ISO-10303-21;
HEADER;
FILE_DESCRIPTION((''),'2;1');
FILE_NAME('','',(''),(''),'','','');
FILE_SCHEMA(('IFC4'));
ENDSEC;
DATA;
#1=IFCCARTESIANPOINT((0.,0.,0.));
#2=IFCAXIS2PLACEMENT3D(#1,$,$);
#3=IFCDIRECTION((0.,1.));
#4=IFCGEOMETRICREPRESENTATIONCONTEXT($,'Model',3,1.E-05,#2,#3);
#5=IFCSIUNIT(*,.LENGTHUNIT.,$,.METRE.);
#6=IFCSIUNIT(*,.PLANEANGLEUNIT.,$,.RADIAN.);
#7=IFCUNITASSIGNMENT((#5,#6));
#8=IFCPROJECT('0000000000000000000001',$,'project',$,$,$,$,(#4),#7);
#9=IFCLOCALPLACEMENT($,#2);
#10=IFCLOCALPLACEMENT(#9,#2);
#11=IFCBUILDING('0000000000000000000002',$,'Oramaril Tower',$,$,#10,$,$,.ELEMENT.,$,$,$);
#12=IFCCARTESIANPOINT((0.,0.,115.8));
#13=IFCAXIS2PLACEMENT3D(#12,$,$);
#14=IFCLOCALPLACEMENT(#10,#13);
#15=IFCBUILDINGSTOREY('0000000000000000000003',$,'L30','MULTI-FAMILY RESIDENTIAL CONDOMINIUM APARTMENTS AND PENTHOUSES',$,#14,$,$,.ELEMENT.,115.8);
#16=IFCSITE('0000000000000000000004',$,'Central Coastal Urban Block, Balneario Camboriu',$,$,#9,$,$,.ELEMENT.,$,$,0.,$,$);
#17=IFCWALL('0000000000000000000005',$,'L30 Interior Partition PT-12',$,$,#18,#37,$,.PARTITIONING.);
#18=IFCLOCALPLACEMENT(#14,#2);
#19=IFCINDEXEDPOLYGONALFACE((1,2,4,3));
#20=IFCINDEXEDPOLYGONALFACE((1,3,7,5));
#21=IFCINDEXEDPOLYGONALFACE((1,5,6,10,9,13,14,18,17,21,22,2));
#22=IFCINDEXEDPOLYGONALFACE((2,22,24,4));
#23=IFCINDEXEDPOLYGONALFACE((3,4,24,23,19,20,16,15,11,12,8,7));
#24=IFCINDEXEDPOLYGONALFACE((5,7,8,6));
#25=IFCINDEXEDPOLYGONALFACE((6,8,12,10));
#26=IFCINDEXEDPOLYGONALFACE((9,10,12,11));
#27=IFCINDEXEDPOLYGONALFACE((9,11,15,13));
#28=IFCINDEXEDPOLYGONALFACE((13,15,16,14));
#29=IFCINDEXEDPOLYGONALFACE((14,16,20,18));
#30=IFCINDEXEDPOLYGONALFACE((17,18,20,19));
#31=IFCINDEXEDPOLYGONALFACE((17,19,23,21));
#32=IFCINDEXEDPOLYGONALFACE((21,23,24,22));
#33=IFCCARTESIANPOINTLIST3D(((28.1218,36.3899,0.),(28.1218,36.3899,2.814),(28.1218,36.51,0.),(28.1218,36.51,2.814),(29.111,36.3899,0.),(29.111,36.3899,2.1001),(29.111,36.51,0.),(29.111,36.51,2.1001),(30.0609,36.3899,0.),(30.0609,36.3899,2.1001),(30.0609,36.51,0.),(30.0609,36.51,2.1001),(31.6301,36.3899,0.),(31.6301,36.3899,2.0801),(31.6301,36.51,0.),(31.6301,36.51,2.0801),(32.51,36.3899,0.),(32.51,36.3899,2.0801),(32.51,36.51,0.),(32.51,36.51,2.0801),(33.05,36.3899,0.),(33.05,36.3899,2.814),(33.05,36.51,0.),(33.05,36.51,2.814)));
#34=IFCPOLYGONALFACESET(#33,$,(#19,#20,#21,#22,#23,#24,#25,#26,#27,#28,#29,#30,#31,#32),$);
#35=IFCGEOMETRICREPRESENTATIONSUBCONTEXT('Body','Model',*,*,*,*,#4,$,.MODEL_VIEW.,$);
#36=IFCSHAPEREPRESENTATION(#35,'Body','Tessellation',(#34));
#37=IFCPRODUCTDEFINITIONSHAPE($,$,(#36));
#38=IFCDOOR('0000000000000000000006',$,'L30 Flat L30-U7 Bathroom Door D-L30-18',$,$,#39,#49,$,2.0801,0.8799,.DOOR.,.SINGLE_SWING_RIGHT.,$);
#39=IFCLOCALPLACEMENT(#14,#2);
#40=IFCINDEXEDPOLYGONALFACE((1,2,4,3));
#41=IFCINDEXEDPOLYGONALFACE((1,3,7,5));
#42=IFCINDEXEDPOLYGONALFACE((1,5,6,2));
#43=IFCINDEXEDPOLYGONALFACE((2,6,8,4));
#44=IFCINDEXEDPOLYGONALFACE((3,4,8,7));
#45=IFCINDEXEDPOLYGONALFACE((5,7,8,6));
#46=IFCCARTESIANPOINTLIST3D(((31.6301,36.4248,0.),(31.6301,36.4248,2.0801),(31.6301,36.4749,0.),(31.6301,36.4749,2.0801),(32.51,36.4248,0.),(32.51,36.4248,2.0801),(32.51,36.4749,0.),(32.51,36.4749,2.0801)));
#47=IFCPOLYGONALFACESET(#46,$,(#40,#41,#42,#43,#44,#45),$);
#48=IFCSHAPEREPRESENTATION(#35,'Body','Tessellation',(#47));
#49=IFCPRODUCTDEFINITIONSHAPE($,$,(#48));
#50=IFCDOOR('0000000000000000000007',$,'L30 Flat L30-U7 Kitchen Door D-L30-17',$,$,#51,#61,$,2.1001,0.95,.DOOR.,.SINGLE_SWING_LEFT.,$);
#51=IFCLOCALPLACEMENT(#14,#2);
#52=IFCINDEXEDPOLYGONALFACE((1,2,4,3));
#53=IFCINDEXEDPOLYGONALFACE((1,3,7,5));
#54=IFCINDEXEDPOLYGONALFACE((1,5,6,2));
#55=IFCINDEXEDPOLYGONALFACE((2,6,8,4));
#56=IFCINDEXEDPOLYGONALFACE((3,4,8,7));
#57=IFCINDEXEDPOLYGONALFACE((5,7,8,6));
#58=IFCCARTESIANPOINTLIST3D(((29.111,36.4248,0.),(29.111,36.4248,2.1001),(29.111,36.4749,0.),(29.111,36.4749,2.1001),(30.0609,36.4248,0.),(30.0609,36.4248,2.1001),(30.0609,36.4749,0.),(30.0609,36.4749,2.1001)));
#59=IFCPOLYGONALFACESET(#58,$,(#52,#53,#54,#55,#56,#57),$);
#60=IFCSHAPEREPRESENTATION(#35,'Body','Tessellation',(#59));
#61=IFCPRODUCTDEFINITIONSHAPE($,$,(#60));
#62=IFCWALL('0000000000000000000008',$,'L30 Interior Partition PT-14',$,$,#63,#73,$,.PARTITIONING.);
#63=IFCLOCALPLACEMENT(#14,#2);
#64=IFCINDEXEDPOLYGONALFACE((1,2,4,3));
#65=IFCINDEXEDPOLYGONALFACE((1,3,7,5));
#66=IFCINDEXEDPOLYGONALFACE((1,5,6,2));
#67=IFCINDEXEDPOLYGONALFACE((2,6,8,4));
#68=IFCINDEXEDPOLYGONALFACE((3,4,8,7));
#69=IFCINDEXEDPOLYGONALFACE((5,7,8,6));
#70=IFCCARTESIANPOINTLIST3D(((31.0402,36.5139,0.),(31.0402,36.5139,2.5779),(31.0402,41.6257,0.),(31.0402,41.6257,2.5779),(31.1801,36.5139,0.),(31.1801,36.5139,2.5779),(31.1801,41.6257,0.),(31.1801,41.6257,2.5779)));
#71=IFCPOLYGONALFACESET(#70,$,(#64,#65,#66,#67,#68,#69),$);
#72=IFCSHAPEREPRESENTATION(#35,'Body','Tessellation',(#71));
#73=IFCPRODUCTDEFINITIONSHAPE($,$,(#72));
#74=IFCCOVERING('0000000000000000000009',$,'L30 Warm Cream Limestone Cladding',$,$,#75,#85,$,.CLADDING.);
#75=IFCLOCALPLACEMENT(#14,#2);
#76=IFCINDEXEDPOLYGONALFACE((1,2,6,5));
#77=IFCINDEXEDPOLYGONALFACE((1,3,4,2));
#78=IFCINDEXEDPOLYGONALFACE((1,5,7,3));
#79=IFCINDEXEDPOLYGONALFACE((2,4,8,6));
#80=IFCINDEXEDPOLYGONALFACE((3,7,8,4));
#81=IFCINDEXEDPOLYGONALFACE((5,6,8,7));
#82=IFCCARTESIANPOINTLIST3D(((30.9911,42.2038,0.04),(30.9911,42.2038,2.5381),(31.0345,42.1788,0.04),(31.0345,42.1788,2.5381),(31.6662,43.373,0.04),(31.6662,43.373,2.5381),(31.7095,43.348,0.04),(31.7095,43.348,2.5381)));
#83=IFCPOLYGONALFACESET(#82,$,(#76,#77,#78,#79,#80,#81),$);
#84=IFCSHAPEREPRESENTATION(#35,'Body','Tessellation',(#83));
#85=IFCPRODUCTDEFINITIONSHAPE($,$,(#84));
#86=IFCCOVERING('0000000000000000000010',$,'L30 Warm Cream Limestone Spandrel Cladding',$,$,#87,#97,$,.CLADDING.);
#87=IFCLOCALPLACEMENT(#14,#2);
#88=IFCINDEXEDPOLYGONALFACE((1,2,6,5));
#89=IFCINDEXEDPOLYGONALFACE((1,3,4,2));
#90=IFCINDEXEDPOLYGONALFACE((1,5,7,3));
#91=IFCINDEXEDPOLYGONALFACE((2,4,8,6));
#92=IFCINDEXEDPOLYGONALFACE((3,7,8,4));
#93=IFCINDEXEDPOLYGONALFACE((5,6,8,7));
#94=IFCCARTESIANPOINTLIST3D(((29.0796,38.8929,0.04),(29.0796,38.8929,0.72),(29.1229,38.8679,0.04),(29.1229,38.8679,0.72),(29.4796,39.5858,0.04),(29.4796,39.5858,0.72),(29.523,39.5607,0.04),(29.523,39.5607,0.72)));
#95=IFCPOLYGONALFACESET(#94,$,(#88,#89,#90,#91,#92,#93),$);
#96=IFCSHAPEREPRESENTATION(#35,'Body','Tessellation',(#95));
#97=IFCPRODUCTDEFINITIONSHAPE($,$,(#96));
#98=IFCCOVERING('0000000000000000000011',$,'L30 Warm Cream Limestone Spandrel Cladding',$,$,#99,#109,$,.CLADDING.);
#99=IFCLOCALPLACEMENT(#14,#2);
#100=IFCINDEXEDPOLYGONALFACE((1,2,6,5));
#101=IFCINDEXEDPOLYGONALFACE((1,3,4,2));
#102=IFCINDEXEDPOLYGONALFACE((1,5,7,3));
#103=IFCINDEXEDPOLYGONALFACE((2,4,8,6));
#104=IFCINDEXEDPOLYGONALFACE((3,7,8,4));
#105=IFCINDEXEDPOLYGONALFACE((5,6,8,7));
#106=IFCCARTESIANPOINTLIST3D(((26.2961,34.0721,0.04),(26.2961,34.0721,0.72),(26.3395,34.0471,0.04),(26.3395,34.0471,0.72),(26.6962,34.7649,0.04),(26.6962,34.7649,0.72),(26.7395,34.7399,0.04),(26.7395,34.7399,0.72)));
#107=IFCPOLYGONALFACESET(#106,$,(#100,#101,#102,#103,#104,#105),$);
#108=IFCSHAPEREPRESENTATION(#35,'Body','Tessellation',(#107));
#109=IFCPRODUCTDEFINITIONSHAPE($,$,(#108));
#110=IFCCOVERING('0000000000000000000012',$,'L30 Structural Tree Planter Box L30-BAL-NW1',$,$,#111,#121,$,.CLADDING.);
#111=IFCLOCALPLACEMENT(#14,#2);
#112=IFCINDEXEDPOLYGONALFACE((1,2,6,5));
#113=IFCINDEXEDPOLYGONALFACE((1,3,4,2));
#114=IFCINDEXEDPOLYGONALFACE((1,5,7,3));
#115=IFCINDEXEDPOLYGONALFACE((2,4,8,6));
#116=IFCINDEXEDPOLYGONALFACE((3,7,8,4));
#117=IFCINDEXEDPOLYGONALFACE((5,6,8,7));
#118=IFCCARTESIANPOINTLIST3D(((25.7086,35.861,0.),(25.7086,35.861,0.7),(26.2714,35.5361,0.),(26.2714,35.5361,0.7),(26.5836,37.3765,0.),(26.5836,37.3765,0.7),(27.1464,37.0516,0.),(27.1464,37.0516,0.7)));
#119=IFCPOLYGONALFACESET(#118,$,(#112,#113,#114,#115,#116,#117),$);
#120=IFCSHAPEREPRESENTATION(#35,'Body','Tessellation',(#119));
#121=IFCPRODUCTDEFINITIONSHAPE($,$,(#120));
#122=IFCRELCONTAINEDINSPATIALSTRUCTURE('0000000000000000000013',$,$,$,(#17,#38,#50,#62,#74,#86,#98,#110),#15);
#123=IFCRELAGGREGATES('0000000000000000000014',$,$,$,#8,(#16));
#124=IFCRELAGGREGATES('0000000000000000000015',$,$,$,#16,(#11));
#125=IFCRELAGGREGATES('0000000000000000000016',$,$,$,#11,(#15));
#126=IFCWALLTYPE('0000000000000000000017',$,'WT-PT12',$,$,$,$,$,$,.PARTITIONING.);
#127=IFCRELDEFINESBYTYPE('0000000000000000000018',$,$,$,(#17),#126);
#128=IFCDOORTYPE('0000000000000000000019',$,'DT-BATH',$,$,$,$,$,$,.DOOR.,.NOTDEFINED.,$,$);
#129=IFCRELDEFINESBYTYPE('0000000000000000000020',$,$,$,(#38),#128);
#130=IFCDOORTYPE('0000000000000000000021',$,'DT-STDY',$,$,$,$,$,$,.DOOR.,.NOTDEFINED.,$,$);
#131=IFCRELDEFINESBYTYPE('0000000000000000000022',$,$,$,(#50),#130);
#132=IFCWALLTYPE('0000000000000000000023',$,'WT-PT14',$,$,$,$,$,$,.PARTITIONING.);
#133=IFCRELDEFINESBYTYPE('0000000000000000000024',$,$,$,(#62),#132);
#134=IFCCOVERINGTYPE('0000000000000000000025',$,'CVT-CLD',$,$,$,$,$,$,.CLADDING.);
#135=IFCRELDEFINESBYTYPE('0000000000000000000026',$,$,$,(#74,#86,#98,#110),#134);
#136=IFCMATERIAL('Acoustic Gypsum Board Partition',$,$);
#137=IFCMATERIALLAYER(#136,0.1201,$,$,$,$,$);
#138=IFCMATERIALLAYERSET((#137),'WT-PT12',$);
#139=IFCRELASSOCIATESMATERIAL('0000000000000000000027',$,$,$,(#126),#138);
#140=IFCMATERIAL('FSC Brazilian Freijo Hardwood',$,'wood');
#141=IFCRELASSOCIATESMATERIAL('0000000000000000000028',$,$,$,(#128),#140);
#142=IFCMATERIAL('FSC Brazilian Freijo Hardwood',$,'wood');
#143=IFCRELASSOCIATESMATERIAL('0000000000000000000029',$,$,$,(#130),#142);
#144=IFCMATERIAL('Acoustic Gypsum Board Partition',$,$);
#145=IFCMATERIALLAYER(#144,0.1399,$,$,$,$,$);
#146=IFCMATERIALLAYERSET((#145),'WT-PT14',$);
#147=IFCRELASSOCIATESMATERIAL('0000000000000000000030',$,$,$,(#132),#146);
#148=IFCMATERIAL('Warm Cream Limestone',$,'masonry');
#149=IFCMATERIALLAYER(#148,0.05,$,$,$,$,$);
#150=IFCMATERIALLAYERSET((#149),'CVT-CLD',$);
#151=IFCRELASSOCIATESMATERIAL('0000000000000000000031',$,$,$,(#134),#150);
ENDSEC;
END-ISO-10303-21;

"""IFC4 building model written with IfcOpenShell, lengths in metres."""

from ifc_helpers import new_model, si_unit, direction, frame, frame_2d, origin, origin_2d, place, context, subcontext, project, spatial, rectangle, extrude, material, layer, layer_set, type_object, element, fill, save


model = new_model("IFC4")

# Units and contexts
model_context = context("Model", 3, precision=1e-05, world=origin(), true_north=direction((0.0, 1.0)))
body_context = subcontext(model_context, "Body", "Model", "MODEL_VIEW")
ifc_project = project(units=[si_unit("LENGTHUNIT", "METRE"), si_unit("PLANEANGLEUNIT", "RADIAN")], contexts=[model_context])

# Site, building, storey
site_placement = place(None, origin())
site = spatial("IfcSite", under=ifc_project, at=site_placement, Name="Central Coastal Urban Block, Balneario Camboriu", CompositionType="ELEMENT", RefElevation=0.0)
building_placement = place(site_placement, origin())
building = spatial("IfcBuilding", under=site, at=building_placement, Name="Oramaril Tower", CompositionType="ELEMENT")
storey_placement = place(building_placement, frame((0.0, 0.0, 115.8)))
storey = spatial("IfcBuildingStorey", under=building, at=storey_placement, Name="L30", Description="MULTI-FAMILY RESIDENTIAL CONDOMINIUM APARTMENTS AND PENTHOUSES", CompositionType="ELEMENT", Elevation=115.8)

# Wall, openings, doors
ifc_material_1 = material(Name="Acoustic Gypsum Board Partition")
ifc_layer_1 = layer(ifc_material_1, 0.1201)
ifc_layer_set_1 = layer_set([ifc_layer_1], Name="WT-PT12")
wall_type_1 = type_object("IfcWallType", Name="WT-PT12", PredefinedType="PARTITIONING", material=ifc_layer_set_1)
wall_1_placement = place(storey_placement, frame((28.1218, 36.45, 0.0), z_axis=(0.0, 0.0, 1.0), x_axis=(1.0, 0.0, 0.0)))
wall_1 = element("IfcWall", 1, at=wall_1_placement, inside=storey, type_object=wall_type_1, Name="L30 Interior Partition PT-12", PredefinedType="PARTITIONING", context=body_context, shape_type="SweptSolid", body=[
    extrude(rectangle(XDim=4.9282, YDim=0.1201, at=frame_2d((2.4641, 0.0))), origin(), (0.0, 0.0, 1.0), 2.814),
])
opening_1_placement = place(wall_1_placement, frame((0.989, 0.0, 0.0)))
opening_1 = element("IfcOpeningElement", 2, at=opening_1_placement, cuts=wall_1, PredefinedType="OPENING", context=body_context, shape_type="SweptSolid", body=[
    extrude(rectangle(XDim=0.95, YDim=2.1001, at=frame_2d((0.4751, 1.05))), frame((0.0, 0.0601, 0.0), z_axis=(0.0, -1.0, 0.0), x_axis=(1.0, 0.0, 0.0)), (0.0, 0.0, 1.0), 0.1201),
])
opening_2_placement = place(wall_1_placement, frame((3.5083, 0.0, 0.0)))
opening_2 = element("IfcOpeningElement", 3, at=opening_2_placement, cuts=wall_1, PredefinedType="OPENING", context=body_context, shape_type="SweptSolid", body=[
    extrude(rectangle(XDim=0.8799, YDim=2.0801, at=frame_2d((0.4399, 1.04))), frame((0.0, 0.0601, 0.0), z_axis=(0.0, -1.0, 0.0), x_axis=(1.0, 0.0, 0.0)), (0.0, 0.0, 1.0), 0.1201),
])
ifc_material_2 = material(Name="FSC Brazilian Freijo Hardwood", Category="wood")
door_type_1 = type_object("IfcDoorType", Name="DT-BATH", OperationType="NOTDEFINED", PredefinedType="DOOR", material=ifc_material_2)
door_1_placement = place(opening_2_placement, origin())
door_1 = element("IfcDoor", 4, at=door_1_placement, inside=storey, type_object=door_type_1, Name="L30 Flat L30-U7 Bathroom Door D-L30-18", OperationType="SINGLE_SWING_RIGHT", OverallHeight=2.0801, OverallWidth=0.8799, PredefinedType="DOOR", context=body_context, shape_type="SweptSolid", body=[
    extrude(rectangle(XDim=0.8799, YDim=2.0801, at=frame_2d((0.4399, 1.04))), frame((0.0, 0.0249, 0.0), z_axis=(0.0, -1.0, 0.0), x_axis=(1.0, 0.0, 0.0)), (0.0, 0.0, 1.0), 0.05),
])
fill(opening_2, door_1)
ifc_material_3 = material(Name="FSC Brazilian Freijo Hardwood", Category="wood")
door_type_2 = type_object("IfcDoorType", Name="DT-STDY", OperationType="NOTDEFINED", PredefinedType="DOOR", material=ifc_material_3)
door_2_placement = place(opening_1_placement, origin())
door_2 = element("IfcDoor", 5, at=door_2_placement, inside=storey, type_object=door_type_2, Name="L30 Flat L30-U7 Kitchen Door D-L30-17", OperationType="SINGLE_SWING_LEFT", OverallHeight=2.1001, OverallWidth=0.95, PredefinedType="DOOR", context=body_context, shape_type="SweptSolid", body=[
    extrude(rectangle(XDim=0.95, YDim=2.1001, at=frame_2d((0.4751, 1.05))), frame((0.0, 0.0249, 0.0), z_axis=(0.0, -1.0, 0.0), x_axis=(1.0, 0.0, 0.0)), (0.0, 0.0, 1.0), 0.05),
])
fill(opening_1, door_2)

# Wall
ifc_material_4 = material(Name="Acoustic Gypsum Board Partition")
ifc_layer_2 = layer(ifc_material_4, 0.1399)
ifc_layer_set_2 = layer_set([ifc_layer_2], Name="WT-PT14")
wall_type_2 = type_object("IfcWallType", Name="WT-PT14", PredefinedType="PARTITIONING", material=ifc_layer_set_2)
wall_2_placement = place(storey_placement, frame((31.1101, 36.5139, 0.0), z_axis=(0.0, 0.0, 1.0), x_axis=(0.0, 1.0, 0.0)))
element("IfcWall", 6, at=wall_2_placement, inside=storey, type_object=wall_type_2, Name="L30 Interior Partition PT-14", PredefinedType="PARTITIONING", context=body_context, shape_type="SweptSolid", body=[
    extrude(rectangle(XDim=5.1118, YDim=0.1399, at=frame_2d((2.5559, 0.0))), origin(), (0.0, 0.0, 1.0), 2.5779),
])

# Coverings
ifc_material_5 = material(Name="Warm Cream Limestone", Category="masonry")
ifc_layer_3 = layer(ifc_material_5, 0.05)
ifc_layer_set_3 = layer_set([ifc_layer_3], Name="CVT-CLD")
covering_type = type_object("IfcCoveringType", Name="CVT-CLD", PredefinedType="CLADDING", material=ifc_layer_set_3)
covering_1_placement = place(storey_placement, frame((31.3503, 42.7759, 0.04), z_axis=(0.0, 0.0, 1.0), x_axis=(-0.499998, -0.866026, 0.0)))
element("IfcCovering", 7, at=covering_1_placement, inside=storey, type_object=covering_type, Name="L30 Warm Cream Limestone Cladding", PredefinedType="CLADDING", context=body_context, shape_type="SweptSolid", body=[
    extrude(rectangle(XDim=1.3501, YDim=0.05, at=origin_2d()), origin(), (0.0, 0.0, 1.0), 2.498),
])
for number, where, z_axis, x_axis, name in (
    (8, (29.3013, 39.2268, 0.04), (0.0, 0.0, 1.0), (-0.499998, -0.866026, 0.0), "L30 Warm Cream Limestone Spandrel Cladding"),
    (9, (26.5178, 34.406, 0.04), (0.0, 0.0, 1.0), (-0.499998, -0.866026, 0.0), "L30 Warm Cream Limestone Spandrel Cladding"),
):
    element("IfcCovering", number, at=place(storey_placement, frame(where, z_axis=z_axis, x_axis=x_axis)), inside=storey, type_object=covering_type, Name=name, PredefinedType="CLADDING", context=body_context, shape_type="SweptSolid", body=[
        extrude(rectangle(XDim=0.8, YDim=0.05, at=origin_2d()), origin(), (0.0, 0.0, 1.0), 0.6799),
    ])
covering_2_placement = place(storey_placement, frame((26.4275, 36.4563, 0.0), z_axis=(0.0, 0.0, 1.0), x_axis=(-0.499998, -0.866026, 0.0)))
element("IfcCovering", 10, at=covering_2_placement, inside=storey, type_object=covering_type, Name="L30 Structural Tree Planter Box L30-BAL-NW1", PredefinedType="CLADDING", context=body_context, shape_type="SweptSolid", body=[
    extrude(rectangle(XDim=1.75, YDim=0.6499, at=origin_2d()), origin(), (0.0, 0.0, 1.0), 0.7),
])

save(model, "model.ifc")
